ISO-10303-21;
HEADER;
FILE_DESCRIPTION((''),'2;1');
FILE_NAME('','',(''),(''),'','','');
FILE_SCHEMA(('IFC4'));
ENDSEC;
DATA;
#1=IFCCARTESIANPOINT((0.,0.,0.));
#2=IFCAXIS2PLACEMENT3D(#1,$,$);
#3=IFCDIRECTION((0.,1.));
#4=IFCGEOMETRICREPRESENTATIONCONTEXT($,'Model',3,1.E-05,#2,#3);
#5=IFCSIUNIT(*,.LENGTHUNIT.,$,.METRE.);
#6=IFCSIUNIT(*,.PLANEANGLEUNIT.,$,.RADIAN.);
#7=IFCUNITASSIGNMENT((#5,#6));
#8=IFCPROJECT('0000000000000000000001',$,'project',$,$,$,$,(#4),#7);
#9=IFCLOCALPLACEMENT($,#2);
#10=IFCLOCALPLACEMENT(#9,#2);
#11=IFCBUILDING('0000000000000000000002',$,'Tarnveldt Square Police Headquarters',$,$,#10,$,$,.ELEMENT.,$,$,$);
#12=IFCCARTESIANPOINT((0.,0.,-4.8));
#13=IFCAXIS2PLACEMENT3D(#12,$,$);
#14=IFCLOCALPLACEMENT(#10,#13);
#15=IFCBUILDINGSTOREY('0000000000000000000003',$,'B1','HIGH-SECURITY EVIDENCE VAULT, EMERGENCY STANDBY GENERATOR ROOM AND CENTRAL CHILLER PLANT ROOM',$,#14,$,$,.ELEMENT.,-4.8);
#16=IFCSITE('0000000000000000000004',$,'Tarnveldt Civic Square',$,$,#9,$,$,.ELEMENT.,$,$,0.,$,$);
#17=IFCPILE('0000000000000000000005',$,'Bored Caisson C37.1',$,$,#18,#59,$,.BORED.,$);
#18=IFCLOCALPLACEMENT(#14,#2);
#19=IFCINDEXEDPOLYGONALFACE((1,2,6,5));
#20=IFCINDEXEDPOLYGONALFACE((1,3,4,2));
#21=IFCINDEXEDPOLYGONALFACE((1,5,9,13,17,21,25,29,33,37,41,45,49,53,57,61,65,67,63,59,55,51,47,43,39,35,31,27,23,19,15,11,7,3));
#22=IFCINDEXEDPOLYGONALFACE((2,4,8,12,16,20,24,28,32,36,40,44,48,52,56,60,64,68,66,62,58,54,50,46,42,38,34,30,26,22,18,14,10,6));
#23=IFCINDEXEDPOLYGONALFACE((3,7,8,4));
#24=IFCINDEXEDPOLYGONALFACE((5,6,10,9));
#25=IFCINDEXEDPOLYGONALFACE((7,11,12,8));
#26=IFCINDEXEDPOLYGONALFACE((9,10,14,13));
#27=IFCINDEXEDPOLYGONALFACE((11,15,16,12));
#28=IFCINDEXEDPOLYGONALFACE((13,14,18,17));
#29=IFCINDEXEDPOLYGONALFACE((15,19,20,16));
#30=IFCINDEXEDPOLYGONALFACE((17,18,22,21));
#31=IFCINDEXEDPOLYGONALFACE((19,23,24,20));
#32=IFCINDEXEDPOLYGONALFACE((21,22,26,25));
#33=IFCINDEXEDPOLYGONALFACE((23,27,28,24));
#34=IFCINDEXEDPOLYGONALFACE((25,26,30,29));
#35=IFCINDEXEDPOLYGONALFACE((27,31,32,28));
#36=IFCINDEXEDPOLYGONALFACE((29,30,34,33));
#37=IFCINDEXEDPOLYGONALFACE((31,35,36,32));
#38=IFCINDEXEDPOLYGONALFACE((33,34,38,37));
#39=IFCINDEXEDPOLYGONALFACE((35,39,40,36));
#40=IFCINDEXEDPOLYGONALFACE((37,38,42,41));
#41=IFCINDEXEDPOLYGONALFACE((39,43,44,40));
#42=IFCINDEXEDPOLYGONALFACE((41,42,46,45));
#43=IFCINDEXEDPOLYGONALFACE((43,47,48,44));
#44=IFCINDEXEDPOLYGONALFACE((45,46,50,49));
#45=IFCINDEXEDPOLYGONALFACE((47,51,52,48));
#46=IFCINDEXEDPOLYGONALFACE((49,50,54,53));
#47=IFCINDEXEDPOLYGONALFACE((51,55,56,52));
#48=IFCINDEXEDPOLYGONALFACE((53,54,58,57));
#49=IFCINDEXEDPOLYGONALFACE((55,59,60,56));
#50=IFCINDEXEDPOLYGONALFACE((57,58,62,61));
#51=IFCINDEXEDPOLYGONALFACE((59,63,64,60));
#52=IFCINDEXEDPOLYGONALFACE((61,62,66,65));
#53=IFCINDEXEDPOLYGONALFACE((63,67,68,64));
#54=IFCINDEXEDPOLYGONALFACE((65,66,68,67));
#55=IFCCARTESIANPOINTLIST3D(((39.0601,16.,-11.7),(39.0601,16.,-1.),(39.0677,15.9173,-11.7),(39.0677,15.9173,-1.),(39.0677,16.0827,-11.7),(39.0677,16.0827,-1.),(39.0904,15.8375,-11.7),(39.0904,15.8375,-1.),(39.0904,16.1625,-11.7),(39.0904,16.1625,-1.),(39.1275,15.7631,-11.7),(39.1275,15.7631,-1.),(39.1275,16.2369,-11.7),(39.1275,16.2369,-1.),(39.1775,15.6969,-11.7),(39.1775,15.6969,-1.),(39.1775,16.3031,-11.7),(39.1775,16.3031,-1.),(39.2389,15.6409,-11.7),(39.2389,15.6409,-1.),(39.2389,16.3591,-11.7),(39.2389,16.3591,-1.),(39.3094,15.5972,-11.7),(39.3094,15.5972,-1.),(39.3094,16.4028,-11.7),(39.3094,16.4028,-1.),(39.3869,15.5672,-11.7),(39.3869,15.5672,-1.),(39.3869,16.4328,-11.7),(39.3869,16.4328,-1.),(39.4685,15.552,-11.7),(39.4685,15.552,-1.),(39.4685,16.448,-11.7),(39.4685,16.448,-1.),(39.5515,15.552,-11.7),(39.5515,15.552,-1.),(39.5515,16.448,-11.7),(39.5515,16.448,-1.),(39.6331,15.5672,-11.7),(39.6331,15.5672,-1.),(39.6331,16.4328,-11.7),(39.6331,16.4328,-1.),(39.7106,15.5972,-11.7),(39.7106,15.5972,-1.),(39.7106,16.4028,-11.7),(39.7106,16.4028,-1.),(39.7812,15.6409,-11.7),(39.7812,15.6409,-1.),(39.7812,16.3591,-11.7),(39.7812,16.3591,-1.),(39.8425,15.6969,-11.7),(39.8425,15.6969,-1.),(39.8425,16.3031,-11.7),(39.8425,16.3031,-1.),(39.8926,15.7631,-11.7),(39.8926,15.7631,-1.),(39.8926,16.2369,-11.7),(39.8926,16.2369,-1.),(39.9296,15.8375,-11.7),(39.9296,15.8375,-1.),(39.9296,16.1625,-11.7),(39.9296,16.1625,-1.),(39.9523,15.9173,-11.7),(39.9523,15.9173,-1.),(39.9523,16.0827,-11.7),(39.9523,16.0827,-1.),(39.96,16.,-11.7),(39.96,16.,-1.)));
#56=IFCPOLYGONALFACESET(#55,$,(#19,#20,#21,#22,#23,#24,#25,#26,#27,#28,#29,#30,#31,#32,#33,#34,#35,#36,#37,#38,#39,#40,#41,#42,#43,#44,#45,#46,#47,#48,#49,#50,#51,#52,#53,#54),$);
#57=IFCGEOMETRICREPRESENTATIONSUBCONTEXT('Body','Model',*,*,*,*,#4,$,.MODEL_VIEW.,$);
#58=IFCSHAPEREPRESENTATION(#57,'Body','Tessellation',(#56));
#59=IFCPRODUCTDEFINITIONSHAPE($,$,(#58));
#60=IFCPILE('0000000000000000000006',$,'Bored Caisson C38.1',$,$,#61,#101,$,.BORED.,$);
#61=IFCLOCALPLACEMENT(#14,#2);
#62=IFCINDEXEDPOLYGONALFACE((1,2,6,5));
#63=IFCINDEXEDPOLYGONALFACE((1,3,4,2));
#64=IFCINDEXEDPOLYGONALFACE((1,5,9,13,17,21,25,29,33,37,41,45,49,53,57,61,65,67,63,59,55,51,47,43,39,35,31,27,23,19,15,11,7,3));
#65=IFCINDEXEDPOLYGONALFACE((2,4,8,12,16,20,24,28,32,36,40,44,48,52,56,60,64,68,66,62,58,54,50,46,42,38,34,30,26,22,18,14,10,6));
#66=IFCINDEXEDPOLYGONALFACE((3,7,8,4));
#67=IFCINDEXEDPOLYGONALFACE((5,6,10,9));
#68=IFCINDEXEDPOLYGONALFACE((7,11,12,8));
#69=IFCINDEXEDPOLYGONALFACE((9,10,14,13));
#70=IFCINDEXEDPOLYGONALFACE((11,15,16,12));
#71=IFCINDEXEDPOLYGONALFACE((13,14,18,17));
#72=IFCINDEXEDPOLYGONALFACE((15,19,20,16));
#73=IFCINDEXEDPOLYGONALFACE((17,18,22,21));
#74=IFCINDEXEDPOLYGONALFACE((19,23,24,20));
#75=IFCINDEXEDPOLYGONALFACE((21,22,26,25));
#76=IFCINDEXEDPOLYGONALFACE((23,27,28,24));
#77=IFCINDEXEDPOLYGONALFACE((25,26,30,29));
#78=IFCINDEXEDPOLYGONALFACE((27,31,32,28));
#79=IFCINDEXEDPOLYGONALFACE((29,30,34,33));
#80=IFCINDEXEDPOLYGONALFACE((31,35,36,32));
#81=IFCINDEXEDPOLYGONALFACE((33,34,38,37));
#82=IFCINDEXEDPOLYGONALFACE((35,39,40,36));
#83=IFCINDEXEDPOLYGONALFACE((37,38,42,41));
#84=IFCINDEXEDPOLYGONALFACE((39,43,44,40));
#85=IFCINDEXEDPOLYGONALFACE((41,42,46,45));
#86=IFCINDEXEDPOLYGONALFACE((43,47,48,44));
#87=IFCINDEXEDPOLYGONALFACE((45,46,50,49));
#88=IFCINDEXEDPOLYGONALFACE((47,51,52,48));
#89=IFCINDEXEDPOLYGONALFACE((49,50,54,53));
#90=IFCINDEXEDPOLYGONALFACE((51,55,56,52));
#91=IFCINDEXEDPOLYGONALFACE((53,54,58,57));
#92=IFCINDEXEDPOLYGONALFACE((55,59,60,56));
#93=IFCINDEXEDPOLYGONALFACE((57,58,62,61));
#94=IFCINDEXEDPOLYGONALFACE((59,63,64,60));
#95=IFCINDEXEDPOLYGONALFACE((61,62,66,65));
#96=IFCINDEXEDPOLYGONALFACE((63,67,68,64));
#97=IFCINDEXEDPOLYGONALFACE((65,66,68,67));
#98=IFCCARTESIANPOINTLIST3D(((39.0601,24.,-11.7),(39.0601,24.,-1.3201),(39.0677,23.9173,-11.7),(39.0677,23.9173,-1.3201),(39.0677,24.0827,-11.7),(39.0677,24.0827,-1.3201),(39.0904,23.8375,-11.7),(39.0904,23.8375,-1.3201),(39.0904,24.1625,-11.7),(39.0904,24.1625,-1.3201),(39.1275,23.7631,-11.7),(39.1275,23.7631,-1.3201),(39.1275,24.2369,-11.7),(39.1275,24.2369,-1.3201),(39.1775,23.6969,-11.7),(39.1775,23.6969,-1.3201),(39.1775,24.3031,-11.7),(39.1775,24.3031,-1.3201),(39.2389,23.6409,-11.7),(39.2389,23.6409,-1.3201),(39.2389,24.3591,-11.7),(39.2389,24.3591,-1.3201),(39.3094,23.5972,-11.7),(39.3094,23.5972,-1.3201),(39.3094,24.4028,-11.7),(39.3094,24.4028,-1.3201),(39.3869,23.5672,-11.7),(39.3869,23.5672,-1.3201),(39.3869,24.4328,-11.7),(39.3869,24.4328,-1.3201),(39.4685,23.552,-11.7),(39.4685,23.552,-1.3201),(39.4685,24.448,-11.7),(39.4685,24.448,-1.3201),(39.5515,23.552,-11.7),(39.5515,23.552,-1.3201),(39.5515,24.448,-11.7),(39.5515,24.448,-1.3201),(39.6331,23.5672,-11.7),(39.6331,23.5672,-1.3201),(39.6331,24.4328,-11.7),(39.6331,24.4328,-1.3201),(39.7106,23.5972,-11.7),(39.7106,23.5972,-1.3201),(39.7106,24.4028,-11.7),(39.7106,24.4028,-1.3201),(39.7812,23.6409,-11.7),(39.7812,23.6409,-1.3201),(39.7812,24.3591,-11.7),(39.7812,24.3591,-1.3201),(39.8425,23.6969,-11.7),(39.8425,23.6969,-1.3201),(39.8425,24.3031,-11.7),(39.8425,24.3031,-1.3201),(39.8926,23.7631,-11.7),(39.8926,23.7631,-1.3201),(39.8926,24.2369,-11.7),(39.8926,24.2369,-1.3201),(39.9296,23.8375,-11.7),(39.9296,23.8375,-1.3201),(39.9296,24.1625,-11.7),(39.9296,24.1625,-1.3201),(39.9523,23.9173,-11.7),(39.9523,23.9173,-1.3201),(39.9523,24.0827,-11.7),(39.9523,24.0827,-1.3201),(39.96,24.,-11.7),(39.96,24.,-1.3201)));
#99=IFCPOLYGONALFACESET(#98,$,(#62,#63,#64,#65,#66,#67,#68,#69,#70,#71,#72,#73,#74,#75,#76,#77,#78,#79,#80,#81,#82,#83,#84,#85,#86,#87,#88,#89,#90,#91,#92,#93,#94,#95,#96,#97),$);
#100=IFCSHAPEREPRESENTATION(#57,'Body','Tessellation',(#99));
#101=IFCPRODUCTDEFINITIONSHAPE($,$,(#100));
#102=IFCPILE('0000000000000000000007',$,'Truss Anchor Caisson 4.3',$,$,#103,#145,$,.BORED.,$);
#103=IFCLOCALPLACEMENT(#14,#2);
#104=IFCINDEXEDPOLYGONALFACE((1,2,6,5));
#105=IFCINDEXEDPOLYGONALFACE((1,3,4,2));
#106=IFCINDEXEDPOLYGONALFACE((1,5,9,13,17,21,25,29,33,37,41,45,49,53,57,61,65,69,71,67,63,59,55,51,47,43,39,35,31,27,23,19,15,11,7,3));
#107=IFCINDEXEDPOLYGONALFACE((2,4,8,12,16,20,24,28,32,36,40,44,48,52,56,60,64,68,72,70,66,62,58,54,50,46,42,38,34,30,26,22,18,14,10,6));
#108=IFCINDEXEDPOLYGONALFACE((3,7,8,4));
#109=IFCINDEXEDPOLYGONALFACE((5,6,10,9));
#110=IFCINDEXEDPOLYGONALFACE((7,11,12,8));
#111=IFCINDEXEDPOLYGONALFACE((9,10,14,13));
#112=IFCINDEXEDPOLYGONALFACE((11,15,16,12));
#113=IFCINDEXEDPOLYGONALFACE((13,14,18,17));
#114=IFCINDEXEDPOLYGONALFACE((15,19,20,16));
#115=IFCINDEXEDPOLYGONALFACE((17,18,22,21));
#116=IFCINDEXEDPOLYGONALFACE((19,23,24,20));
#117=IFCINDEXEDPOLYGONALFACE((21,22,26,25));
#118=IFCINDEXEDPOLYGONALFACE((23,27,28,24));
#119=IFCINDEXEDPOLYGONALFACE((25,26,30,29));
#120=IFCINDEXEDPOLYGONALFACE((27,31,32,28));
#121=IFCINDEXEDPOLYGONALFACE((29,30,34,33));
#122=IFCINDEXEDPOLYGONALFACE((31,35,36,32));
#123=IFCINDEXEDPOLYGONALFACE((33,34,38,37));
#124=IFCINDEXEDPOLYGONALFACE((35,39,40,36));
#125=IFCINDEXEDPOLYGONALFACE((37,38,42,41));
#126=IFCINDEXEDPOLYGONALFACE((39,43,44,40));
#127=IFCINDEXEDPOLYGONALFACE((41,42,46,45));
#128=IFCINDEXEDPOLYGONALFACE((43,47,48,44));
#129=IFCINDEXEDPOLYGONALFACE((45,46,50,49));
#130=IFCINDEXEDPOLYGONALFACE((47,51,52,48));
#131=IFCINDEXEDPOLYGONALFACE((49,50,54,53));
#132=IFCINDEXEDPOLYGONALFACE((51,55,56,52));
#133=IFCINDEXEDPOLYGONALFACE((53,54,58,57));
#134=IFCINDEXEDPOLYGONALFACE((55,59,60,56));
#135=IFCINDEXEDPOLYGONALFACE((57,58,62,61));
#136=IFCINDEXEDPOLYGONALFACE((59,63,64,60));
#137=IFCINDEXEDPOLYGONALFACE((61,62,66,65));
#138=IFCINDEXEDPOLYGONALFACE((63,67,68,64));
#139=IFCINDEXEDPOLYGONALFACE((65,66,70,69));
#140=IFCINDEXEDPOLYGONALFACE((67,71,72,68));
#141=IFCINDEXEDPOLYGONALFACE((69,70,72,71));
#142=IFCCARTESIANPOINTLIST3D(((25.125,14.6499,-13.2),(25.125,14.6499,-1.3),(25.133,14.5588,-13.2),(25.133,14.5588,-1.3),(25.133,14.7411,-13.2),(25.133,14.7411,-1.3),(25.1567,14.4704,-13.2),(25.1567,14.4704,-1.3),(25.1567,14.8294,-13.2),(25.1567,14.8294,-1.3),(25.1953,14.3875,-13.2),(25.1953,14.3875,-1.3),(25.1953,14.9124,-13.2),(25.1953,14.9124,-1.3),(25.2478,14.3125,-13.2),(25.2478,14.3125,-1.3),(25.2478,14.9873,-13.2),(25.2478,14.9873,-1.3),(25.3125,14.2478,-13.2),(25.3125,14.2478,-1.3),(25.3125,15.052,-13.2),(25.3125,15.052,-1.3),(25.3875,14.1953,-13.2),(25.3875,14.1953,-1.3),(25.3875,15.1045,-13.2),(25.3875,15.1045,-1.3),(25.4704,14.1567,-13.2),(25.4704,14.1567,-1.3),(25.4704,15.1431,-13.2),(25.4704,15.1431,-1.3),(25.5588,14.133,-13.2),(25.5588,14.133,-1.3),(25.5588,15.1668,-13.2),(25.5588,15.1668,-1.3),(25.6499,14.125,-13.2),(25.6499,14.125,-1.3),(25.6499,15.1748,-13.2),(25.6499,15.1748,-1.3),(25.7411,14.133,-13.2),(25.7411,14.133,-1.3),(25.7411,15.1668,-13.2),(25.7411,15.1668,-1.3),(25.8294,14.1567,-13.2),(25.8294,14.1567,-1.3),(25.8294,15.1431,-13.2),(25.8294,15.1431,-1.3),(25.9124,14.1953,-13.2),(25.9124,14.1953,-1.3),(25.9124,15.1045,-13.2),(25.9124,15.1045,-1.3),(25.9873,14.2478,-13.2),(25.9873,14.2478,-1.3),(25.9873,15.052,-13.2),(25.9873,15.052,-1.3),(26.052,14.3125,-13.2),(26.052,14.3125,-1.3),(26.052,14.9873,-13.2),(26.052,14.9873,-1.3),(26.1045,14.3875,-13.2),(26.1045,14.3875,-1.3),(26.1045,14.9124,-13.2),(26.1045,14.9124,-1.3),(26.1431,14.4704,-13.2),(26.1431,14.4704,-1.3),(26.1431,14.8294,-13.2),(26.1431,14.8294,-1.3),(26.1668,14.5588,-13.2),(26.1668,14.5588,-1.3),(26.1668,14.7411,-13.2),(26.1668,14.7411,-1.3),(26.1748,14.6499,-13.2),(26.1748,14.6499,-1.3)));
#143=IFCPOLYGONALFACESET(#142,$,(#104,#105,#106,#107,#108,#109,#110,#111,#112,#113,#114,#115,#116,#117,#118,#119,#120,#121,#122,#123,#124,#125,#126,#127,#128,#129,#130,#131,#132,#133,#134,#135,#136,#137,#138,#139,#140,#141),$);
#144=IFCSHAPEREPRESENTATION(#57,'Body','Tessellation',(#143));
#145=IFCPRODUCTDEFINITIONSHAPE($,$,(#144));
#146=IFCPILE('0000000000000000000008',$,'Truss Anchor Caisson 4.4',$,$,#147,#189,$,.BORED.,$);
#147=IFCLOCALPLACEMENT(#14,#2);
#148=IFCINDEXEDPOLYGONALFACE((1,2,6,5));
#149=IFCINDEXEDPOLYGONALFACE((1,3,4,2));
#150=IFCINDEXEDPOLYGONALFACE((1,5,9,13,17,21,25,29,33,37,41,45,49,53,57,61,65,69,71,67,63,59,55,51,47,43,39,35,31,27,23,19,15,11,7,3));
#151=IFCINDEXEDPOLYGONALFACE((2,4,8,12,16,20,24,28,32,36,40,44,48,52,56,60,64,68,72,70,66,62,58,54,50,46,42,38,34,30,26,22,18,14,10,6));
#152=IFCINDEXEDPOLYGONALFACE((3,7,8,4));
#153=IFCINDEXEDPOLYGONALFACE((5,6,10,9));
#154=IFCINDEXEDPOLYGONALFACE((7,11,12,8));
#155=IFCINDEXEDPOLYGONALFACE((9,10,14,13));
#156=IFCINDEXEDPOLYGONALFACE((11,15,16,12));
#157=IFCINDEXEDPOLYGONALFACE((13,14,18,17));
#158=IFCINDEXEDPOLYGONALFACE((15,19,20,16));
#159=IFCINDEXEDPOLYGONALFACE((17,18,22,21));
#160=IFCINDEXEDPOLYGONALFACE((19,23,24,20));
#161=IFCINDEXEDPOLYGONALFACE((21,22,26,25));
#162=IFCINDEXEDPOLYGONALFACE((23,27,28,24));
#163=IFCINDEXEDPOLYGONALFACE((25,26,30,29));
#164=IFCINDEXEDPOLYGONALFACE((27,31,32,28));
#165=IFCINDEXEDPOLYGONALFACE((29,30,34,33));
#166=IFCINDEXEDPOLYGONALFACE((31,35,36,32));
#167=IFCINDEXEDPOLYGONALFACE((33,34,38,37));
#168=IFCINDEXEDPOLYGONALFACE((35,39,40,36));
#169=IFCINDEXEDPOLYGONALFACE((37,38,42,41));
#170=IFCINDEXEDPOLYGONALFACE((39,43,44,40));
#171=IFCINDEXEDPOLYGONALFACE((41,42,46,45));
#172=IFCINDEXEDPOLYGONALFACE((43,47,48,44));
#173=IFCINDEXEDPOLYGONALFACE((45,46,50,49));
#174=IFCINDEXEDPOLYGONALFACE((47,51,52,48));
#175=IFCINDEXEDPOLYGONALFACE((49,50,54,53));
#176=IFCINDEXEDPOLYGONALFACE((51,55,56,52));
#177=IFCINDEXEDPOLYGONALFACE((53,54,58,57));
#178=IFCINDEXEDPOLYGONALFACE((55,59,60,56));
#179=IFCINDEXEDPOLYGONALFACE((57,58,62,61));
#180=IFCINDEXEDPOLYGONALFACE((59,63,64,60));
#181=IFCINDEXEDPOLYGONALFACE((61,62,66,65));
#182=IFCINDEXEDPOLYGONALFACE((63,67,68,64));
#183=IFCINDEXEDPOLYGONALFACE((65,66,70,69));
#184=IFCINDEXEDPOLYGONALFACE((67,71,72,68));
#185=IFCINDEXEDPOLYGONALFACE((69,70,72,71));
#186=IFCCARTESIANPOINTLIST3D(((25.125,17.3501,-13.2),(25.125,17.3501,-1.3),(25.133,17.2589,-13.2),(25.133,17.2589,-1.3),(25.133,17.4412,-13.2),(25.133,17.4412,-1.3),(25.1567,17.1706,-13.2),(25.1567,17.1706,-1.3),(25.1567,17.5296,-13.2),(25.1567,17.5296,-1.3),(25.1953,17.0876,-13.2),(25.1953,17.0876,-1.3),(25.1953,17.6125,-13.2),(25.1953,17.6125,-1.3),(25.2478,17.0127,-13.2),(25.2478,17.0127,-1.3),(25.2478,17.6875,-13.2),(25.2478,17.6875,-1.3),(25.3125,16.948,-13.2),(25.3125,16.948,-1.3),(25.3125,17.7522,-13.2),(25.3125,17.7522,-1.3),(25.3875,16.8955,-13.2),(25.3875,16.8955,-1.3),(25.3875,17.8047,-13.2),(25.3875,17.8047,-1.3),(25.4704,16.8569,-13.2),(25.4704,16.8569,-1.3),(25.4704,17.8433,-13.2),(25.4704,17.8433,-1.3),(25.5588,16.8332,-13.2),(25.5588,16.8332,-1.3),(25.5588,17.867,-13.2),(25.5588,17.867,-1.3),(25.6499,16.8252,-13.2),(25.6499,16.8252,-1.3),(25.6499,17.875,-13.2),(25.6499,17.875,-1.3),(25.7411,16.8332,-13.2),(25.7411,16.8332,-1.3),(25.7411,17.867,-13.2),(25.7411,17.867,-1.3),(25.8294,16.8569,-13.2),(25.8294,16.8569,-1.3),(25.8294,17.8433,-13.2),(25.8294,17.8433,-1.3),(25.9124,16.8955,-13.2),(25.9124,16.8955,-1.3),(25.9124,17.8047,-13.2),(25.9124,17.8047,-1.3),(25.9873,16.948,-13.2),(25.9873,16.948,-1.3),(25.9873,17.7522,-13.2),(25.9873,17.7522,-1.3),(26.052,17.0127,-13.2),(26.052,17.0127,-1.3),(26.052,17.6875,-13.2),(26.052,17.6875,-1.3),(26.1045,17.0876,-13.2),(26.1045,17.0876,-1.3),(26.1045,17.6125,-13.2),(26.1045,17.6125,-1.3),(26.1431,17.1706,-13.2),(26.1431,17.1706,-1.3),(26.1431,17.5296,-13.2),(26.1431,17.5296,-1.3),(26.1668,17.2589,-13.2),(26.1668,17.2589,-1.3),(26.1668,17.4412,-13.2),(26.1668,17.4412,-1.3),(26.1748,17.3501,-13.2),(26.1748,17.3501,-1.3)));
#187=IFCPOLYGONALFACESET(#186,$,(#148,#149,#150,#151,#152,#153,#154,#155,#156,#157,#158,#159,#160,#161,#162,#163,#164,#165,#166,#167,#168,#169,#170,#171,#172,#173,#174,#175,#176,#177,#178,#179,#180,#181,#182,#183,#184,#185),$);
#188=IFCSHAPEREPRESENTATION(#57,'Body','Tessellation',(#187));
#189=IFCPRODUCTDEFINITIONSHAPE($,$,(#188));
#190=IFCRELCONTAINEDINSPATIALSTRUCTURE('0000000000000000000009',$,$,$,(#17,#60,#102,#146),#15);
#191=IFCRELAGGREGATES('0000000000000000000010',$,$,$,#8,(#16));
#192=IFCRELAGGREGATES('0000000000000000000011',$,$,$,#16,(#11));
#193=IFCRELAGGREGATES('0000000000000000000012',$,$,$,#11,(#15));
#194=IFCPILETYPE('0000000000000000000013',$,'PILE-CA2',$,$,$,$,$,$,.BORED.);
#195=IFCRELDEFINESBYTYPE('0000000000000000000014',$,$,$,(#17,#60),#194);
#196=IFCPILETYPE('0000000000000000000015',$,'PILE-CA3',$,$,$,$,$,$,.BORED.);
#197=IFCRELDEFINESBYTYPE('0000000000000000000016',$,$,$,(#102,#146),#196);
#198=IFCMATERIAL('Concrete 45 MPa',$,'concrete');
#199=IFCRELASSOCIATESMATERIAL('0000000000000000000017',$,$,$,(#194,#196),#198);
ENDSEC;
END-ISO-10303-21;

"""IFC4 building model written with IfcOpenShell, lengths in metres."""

from ifc_helpers import new_model, si_unit, direction, frame, origin, origin_2d, place, context, subcontext, project, spatial, circle, extrude, material, material_profile, profile_set, type_object, element, save


model = new_model("IFC4")

# Units and contexts
model_context = context("Model", 3, precision=1e-05, world=origin(), true_north=direction((0.0, 1.0)))
body_context = subcontext(model_context, "Body", "Model", "MODEL_VIEW")
ifc_project = project(units=[si_unit("LENGTHUNIT", "METRE"), si_unit("PLANEANGLEUNIT", "RADIAN")], contexts=[model_context])

# Site, building, storey
site_placement = place(None, origin())
site = spatial("IfcSite", under=ifc_project, at=site_placement, Name="Tarnveldt Civic Square", CompositionType="ELEMENT", RefElevation=0.0)
building_placement = place(site_placement, origin())
building = spatial("IfcBuilding", under=site, at=building_placement, Name="Tarnveldt Square Police Headquarters", CompositionType="ELEMENT")
storey_placement = place(building_placement, frame((0.0, 0.0, -4.8)))
storey = spatial("IfcBuildingStorey", under=building, at=storey_placement, Name="B1", Description="HIGH-SECURITY EVIDENCE VAULT, EMERGENCY STANDBY GENERATOR ROOM AND CENTRAL CHILLER PLANT ROOM", CompositionType="ELEMENT", Elevation=-4.8)

# Shared definitions
ifc_material_1 = material(Name="Concrete 45 MPa", Category="concrete")

# Piles
ifc_material_profile_1 = material_profile(ifc_material_1, circle(Radius=0.45, at=origin_2d()), Name="CAISSON-D900")
ifc_profile_set_1 = profile_set([ifc_material_profile_1], Name="Concrete 45 MPa")
pile_type_1 = type_object("IfcPileType", Name="PILE-CA2", PredefinedType="BORED", material=ifc_profile_set_1)
pile_1_placement = place(storey_placement, frame((39.51, 16.0, -1.0), z_axis=(0.0, 0.0, -1.0), x_axis=(1.0, 0.0, 0.0)))
element("IfcPile", 1, at=pile_1_placement, inside=storey, type_object=pile_type_1, Name="Bored Caisson C37.1", PredefinedType="BORED", context=body_context, shape_type="SweptSolid", body=[
    extrude(circle(Radius=0.45, at=origin_2d()), origin(), (0.0, 0.0, 1.0), 10.7),
])
pile_2_placement = place(storey_placement, frame((39.51, 24.0, -1.3201), z_axis=(0.0, 0.0, -1.0), x_axis=(1.0, 0.0, 0.0)))
element("IfcPile", 2, at=pile_2_placement, inside=storey, type_object=pile_type_1, Name="Bored Caisson C38.1", PredefinedType="BORED", context=body_context, shape_type="SweptSolid", body=[
    extrude(circle(Radius=0.45, at=origin_2d()), origin(), (0.0, 0.0, 1.0), 10.3799),
])
ifc_material_profile_2 = material_profile(ifc_material_1, circle(Radius=0.5249, at=origin_2d()), Name="CAISSON-D1050")
ifc_profile_set_2 = profile_set([ifc_material_profile_2], Name="Concrete 45 MPa")
pile_type_2 = type_object("IfcPileType", Name="PILE-CA3", PredefinedType="BORED", material=ifc_profile_set_2)
for number, where, z_axis, x_axis, name in (
    (3, (25.6499, 14.6499, -1.3), (0.0, 0.0, -1.0), (1.0, 0.0, 0.0), "Truss Anchor Caisson 4.3"),
    (4, (25.6499, 17.3501, -1.3), (0.0, 0.0, -1.0), (1.0, 0.0, 0.0), "Truss Anchor Caisson 4.4"),
):
    element("IfcPile", number, at=place(storey_placement, frame(where, z_axis=z_axis, x_axis=x_axis)), inside=storey, type_object=pile_type_2, Name=name, PredefinedType="BORED", context=body_context, shape_type="SweptSolid", body=[
        extrude(circle(Radius=0.5249, at=origin_2d()), origin(), (0.0, 0.0, 1.0), 11.8999),
    ])

save(model, "model.ifc")
